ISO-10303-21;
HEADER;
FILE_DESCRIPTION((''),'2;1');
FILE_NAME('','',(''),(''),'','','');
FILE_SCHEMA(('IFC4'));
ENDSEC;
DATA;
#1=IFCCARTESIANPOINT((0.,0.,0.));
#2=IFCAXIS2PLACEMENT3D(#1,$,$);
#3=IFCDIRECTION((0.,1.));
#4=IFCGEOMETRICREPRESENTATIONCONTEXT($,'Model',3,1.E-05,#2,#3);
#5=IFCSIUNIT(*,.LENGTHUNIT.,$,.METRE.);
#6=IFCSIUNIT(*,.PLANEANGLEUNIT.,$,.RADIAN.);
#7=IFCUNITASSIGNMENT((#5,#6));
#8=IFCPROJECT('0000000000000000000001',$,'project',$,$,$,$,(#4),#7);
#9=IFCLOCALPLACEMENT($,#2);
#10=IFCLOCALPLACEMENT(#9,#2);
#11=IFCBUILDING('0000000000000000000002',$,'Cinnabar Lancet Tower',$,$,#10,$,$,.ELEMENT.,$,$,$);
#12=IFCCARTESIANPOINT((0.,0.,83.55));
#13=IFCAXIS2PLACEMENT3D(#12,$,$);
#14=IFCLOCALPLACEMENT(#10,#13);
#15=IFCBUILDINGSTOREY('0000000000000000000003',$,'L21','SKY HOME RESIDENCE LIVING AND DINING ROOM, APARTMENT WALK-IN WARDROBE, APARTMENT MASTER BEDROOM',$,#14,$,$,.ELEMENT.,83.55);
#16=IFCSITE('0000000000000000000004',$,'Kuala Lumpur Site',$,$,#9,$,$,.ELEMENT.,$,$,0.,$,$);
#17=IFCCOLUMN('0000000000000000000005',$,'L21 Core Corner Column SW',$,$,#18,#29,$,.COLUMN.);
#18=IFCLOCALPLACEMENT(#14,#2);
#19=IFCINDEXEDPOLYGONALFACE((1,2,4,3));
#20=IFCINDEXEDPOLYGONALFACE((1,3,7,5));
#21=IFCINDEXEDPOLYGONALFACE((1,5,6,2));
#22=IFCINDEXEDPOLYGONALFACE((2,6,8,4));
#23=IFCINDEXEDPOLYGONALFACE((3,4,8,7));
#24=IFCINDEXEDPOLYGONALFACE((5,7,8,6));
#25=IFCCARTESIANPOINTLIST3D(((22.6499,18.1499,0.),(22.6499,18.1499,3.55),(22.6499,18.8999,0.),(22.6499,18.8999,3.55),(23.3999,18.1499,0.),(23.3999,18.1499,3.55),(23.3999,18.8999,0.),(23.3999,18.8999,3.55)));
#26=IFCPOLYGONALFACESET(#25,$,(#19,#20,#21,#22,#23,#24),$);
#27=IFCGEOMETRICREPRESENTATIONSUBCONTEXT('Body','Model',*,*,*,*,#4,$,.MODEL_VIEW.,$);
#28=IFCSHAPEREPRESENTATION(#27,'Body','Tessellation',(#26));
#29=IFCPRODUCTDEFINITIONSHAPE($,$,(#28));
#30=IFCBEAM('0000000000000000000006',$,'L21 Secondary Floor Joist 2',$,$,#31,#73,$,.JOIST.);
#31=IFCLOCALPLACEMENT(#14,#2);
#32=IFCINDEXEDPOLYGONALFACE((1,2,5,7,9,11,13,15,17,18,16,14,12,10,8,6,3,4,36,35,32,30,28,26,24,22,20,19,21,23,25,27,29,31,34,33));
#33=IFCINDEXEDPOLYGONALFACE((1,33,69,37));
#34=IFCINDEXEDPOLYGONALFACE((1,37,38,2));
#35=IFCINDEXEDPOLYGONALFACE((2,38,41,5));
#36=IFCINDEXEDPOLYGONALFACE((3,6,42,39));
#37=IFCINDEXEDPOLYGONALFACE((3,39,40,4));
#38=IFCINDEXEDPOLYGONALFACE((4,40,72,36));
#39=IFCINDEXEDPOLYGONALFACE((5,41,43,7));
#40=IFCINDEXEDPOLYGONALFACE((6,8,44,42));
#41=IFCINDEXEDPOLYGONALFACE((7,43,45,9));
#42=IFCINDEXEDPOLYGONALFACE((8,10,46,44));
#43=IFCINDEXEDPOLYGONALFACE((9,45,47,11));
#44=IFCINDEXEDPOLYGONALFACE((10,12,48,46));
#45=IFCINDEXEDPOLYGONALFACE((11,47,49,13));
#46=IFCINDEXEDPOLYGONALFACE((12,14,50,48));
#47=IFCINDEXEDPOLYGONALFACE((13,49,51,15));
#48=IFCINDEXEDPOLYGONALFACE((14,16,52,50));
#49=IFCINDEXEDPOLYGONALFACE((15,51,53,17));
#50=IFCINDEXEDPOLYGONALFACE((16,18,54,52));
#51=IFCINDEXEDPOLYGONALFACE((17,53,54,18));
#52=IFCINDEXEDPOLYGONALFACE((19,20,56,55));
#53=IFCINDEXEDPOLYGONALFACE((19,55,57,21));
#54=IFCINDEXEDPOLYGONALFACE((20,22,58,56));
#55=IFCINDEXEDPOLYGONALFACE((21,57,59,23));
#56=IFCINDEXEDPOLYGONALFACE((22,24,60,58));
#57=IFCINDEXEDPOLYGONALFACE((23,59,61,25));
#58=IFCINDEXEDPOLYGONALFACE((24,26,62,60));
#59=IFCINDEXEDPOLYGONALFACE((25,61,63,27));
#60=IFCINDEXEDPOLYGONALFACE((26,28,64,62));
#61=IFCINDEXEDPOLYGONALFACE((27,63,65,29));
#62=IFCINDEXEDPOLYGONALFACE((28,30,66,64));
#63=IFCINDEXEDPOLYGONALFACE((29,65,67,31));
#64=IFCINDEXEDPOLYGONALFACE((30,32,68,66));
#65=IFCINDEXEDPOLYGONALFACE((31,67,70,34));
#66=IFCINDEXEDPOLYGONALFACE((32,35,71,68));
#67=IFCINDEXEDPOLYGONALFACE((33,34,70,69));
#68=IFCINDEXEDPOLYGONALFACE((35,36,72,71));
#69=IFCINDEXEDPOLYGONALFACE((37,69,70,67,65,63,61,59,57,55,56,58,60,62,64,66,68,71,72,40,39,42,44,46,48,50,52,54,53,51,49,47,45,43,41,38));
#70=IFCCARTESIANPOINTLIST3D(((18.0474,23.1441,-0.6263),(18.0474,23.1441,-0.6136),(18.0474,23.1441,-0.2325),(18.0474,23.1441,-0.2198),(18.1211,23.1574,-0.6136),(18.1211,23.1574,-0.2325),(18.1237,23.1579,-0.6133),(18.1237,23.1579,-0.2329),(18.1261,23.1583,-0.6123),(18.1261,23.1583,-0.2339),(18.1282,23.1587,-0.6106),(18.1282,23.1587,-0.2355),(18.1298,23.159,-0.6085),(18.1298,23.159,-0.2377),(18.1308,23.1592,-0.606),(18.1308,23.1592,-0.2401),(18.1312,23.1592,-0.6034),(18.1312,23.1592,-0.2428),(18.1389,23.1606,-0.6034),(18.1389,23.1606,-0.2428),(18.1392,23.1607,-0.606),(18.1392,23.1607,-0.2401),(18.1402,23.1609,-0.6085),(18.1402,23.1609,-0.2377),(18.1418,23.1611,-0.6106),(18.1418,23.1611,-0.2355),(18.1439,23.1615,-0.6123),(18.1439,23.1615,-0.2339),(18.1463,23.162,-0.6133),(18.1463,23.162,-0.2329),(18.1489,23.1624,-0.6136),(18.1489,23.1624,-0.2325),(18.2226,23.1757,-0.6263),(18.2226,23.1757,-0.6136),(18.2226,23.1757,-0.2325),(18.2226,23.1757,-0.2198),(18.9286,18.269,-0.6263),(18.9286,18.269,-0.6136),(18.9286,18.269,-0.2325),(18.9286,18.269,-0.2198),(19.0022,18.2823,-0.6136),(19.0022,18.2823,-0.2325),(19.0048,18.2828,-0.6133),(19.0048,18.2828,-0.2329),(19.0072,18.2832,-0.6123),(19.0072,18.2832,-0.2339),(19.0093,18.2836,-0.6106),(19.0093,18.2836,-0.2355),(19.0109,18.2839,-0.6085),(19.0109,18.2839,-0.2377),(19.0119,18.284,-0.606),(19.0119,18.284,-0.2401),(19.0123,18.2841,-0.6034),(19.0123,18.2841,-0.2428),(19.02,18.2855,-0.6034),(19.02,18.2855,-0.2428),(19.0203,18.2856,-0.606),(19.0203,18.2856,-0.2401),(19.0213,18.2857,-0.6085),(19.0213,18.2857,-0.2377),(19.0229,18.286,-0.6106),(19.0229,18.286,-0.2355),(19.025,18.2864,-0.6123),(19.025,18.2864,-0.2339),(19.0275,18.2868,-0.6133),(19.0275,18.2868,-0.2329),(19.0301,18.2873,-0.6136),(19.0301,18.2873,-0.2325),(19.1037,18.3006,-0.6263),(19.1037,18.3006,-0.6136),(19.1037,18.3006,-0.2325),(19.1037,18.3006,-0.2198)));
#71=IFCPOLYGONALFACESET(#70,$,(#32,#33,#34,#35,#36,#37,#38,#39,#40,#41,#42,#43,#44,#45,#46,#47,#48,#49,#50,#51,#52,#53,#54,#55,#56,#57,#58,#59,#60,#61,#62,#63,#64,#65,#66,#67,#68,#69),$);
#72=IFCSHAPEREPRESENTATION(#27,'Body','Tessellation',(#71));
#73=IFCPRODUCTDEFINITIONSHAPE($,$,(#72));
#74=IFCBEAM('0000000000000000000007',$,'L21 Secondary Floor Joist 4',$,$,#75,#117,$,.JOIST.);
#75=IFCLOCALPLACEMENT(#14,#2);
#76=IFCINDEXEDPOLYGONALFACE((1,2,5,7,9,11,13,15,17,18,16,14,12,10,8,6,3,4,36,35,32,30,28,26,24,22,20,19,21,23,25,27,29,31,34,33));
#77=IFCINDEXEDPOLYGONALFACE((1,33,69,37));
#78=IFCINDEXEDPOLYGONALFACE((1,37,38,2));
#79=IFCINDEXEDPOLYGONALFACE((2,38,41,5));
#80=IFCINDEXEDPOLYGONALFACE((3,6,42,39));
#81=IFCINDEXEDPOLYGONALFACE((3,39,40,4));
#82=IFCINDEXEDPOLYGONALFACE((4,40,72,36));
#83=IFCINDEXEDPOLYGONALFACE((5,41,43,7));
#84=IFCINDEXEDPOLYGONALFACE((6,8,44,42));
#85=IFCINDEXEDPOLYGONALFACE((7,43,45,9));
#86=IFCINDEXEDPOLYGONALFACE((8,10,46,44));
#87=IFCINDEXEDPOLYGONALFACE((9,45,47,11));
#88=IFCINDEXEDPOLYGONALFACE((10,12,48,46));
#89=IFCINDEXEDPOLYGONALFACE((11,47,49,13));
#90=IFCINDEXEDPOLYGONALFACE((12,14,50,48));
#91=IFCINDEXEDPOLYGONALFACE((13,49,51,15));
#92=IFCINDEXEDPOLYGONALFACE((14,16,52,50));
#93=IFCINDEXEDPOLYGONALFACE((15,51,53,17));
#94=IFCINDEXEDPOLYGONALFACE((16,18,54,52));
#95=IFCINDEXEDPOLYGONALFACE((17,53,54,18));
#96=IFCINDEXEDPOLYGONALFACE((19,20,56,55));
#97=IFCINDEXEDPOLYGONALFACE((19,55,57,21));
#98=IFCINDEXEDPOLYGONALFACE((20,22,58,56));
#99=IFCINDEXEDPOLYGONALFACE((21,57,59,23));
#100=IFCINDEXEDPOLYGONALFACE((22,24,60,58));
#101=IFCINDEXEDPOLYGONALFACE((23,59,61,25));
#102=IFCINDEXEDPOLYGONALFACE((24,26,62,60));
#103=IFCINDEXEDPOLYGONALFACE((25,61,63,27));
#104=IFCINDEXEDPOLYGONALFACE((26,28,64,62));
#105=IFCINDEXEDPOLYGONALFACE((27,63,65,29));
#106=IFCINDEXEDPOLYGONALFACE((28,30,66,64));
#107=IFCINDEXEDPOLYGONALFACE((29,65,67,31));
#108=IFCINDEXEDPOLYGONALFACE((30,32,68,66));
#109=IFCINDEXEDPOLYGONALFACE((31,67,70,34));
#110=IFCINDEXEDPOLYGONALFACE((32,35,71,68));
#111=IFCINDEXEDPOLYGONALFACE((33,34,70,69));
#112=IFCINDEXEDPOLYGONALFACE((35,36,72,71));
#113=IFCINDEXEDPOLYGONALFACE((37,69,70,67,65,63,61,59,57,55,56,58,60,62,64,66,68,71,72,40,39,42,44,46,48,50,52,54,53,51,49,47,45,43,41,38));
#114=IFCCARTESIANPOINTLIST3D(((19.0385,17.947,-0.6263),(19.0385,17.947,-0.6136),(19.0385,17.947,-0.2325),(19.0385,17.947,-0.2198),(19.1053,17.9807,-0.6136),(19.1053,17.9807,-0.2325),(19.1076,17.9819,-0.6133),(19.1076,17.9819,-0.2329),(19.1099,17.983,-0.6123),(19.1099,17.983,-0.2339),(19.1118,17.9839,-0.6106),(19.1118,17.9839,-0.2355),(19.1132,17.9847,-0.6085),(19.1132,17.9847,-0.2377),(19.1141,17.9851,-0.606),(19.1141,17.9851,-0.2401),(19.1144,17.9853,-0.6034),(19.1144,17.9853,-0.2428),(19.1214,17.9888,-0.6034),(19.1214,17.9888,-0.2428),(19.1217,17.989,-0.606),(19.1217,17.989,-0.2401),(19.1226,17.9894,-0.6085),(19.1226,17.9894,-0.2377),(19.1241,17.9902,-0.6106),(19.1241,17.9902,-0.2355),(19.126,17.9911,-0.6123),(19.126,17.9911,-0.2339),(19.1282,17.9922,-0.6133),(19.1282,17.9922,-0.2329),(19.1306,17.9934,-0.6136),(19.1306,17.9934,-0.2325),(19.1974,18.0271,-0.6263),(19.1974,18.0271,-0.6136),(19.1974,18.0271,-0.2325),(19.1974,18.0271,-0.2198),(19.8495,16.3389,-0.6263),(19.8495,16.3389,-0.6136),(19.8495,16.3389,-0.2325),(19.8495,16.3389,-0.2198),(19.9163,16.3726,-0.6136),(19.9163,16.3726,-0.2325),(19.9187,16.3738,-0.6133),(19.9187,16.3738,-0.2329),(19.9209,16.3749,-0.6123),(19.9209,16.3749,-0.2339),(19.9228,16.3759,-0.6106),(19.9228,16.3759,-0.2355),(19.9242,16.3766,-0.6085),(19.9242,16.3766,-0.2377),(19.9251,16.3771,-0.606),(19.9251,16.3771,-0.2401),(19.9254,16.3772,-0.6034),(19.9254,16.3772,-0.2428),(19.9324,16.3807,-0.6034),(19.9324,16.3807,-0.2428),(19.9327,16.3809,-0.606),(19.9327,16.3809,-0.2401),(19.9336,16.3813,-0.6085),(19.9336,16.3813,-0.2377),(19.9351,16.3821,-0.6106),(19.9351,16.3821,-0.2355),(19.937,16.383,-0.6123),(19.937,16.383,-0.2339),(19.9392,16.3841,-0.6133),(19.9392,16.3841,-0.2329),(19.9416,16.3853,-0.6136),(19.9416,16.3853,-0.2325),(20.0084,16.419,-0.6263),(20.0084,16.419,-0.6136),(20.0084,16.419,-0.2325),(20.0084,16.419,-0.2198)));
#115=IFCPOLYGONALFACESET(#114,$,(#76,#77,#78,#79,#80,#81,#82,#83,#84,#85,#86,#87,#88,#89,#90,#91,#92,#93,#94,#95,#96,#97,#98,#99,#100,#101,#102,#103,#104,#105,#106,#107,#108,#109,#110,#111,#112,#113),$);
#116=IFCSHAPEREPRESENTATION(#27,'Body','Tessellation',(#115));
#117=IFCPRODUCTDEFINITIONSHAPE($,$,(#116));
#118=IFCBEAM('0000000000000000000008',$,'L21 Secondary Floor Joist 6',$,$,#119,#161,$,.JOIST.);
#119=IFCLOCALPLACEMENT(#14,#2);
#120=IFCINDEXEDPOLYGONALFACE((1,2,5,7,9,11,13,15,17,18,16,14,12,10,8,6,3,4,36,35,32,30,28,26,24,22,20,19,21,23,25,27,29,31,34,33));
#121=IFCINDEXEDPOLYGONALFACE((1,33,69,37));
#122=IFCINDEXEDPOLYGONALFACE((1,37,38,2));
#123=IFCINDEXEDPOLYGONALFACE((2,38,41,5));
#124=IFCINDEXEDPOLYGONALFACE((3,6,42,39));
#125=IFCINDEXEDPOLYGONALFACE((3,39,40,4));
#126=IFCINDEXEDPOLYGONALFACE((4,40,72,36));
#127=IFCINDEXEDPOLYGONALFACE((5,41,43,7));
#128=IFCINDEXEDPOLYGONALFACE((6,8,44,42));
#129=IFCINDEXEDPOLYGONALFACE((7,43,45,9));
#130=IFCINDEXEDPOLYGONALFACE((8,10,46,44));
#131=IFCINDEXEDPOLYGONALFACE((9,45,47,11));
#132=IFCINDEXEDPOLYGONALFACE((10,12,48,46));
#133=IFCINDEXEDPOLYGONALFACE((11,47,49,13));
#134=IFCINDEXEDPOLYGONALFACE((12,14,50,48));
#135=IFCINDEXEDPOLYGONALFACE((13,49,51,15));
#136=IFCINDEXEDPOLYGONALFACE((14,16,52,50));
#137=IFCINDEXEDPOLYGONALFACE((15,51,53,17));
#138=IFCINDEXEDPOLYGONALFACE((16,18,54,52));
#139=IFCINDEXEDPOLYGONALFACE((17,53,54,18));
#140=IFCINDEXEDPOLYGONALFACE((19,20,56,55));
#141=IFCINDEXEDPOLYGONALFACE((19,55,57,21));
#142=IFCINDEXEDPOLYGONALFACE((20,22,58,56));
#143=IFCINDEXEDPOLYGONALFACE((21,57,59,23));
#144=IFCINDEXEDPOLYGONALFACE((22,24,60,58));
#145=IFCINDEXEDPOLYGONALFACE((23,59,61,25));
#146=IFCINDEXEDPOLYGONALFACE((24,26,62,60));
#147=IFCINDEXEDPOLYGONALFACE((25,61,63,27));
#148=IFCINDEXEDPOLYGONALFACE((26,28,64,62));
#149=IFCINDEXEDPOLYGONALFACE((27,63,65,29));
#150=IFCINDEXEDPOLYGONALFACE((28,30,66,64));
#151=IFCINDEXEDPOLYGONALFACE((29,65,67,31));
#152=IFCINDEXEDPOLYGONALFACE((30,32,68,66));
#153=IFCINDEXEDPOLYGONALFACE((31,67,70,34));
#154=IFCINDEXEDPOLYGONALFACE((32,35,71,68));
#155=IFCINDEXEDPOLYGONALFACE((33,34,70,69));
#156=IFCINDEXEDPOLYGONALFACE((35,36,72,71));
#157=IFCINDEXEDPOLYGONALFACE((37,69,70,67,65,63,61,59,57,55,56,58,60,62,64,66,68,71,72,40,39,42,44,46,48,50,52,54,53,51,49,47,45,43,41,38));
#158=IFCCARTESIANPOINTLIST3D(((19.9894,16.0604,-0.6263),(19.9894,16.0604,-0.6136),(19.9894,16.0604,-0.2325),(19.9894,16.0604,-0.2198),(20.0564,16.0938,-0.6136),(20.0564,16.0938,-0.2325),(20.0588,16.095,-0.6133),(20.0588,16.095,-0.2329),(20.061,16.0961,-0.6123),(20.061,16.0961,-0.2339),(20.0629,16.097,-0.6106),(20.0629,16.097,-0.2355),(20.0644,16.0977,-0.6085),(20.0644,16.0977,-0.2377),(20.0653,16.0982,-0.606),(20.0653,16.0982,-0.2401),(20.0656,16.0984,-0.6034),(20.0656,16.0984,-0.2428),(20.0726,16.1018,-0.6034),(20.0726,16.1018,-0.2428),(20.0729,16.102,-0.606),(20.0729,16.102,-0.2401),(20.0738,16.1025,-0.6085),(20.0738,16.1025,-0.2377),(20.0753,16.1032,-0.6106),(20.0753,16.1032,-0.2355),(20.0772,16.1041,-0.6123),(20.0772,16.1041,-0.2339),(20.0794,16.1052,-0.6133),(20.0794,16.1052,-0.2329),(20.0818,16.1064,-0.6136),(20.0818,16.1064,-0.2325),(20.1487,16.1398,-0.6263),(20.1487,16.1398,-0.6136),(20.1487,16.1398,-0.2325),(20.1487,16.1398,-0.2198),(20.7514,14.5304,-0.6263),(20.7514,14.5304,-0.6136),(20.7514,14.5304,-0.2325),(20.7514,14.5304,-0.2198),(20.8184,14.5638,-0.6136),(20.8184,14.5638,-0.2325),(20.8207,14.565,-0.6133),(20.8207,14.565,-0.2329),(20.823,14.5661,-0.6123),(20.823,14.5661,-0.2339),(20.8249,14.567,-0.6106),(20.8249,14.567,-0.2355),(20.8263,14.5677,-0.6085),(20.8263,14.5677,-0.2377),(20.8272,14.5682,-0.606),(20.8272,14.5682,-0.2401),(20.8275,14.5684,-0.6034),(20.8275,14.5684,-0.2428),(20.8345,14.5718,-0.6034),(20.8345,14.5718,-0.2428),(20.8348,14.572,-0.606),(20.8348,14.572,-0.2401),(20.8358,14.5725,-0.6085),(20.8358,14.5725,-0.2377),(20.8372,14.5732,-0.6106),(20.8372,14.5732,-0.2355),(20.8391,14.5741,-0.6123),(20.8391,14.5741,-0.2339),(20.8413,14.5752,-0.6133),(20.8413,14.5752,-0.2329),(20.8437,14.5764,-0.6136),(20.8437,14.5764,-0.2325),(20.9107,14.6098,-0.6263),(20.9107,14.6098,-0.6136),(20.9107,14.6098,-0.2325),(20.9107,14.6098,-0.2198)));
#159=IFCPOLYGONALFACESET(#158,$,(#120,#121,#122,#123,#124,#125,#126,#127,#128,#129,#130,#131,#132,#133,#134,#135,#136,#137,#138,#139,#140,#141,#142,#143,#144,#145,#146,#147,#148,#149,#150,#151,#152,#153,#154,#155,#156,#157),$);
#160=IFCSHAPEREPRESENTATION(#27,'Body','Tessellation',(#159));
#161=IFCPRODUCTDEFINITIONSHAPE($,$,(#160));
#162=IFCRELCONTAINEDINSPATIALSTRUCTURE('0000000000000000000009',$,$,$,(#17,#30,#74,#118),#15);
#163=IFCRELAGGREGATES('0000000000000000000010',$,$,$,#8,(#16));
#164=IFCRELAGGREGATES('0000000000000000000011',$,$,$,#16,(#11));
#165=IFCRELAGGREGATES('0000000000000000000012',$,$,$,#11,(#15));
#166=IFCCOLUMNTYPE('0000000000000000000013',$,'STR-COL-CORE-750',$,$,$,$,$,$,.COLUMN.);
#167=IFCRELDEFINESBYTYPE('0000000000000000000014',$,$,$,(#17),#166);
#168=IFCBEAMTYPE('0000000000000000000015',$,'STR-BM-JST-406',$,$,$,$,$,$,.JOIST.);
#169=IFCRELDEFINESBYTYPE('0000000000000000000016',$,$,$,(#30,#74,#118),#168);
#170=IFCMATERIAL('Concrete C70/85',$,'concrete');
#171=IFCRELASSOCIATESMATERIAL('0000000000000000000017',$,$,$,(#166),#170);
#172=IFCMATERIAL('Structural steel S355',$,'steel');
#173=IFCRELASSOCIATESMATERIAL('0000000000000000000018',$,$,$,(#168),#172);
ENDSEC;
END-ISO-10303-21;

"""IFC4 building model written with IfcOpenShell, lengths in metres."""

from ifc_helpers import new_model, si_unit, direction, frame, origin, origin_2d, place, context, subcontext, project, spatial, rectangle, i_section, extrude, material, material_profile, profile_set, type_object, element, save


model = new_model("IFC4")

# Units and contexts
model_context = context("Model", 3, precision=1e-05, world=origin(), true_north=direction((0.0, 1.0)))
body_context = subcontext(model_context, "Body", "Model", "MODEL_VIEW")
ifc_project = project(units=[si_unit("LENGTHUNIT", "METRE"), si_unit("PLANEANGLEUNIT", "RADIAN")], contexts=[model_context])

# Site, building, storey
site_placement = place(None, origin())
site = spatial("IfcSite", under=ifc_project, at=site_placement, Name="Kuala Lumpur Site", CompositionType="ELEMENT", RefElevation=0.0)
building_placement = place(site_placement, origin())
building = spatial("IfcBuilding", under=site, at=building_placement, Name="Cinnabar Lancet Tower", CompositionType="ELEMENT")
storey_placement = place(building_placement, frame((0.0, 0.0, 83.55)))
storey = spatial("IfcBuildingStorey", under=building, at=storey_placement, Name="L21", Description="SKY HOME RESIDENCE LIVING AND DINING ROOM, APARTMENT WALK-IN WARDROBE, APARTMENT MASTER BEDROOM", CompositionType="ELEMENT", Elevation=83.55)

# Column
ifc_material_1 = material(Name="Concrete C70/85", Category="concrete")
ifc_material_profile_1 = material_profile(ifc_material_1, rectangle(XDim=0.75, YDim=0.75, at=origin_2d()), Name="RC-COL 750x750")
ifc_profile_set_1 = profile_set([ifc_material_profile_1], Name="Concrete C70/85")
column_type = type_object("IfcColumnType", Name="STR-COL-CORE-750", PredefinedType="COLUMN", material=ifc_profile_set_1)
column_placement = place(storey_placement, frame((23.0249, 18.5249, 0.0), z_axis=(0.0, 0.0, 1.0), x_axis=(1.0, 0.0, 0.0)))
element("IfcColumn", 1, at=column_placement, inside=storey, type_object=column_type, Name="L21 Core Corner Column SW", PredefinedType="COLUMN", context=body_context, shape_type="SweptSolid", body=[
    extrude(rectangle(XDim=0.75, YDim=0.75, at=origin_2d()), origin(), (0.0, 0.0, 1.0), 3.55),
])

# Beams
ifc_material_2 = material(Name="Structural steel S355", Category="steel")
ifc_material_profile_2 = material_profile(ifc_material_2, i_section(OverallWidth=0.178, OverallDepth=0.4065, WebThickness=0.0078, FlangeThickness=0.0127, FilletRadius=0.0103, at=origin_2d()), Name="UKB 406x178x60")
ifc_profile_set_2 = profile_set([ifc_material_profile_2], Name="Structural steel S355")
beam_type_1 = type_object("IfcBeamType", Name="STR-BM-JST-406", PredefinedType="JOIST", material=ifc_profile_set_2)
beam_1_placement = place(storey_placement, frame((18.135, 23.1599, -0.4231), z_axis=(0.177858, -0.984056, 0.0), x_axis=(0.984056, 0.177858, 0.0)))
element("IfcBeam", 2, at=beam_1_placement, inside=storey, type_object=beam_type_1, Name="L21 Secondary Floor Joist 2", PredefinedType="JOIST", context=body_context, shape_type="SweptSolid", body=[
    extrude(i_section(OverallWidth=0.178, OverallDepth=0.4065, WebThickness=0.0078, FlangeThickness=0.0127, FilletRadius=0.0103, at=origin_2d()), origin(), (0.0, 0.0, 1.0), 4.9541),
])
beam_2_placement = place(storey_placement, frame((19.1179, 17.9871, -0.4231), z_axis=(0.450301, -0.892877, 0.0), x_axis=(0.892877, 0.450301, 0.0)))
element("IfcBeam", 3, at=beam_2_placement, inside=storey, type_object=beam_type_1, Name="L21 Secondary Floor Joist 4", PredefinedType="JOIST", context=body_context, shape_type="SweptSolid", body=[
    extrude(i_section(OverallWidth=0.178, OverallDepth=0.4065, WebThickness=0.0078, FlangeThickness=0.0127, FilletRadius=0.0103, at=origin_2d()), origin(), (0.0, 0.0, 1.0), 1.801),
])
beam_3_placement = place(storey_placement, frame((20.0691, 16.1001, -0.4231), z_axis=(0.445785, -0.89514, 0.0), x_axis=(0.89514, 0.445785, 0.0)))
element("IfcBeam", 4, at=beam_3_placement, inside=storey, type_object=beam_type_1, Name="L21 Secondary Floor Joist 6", PredefinedType="JOIST", context=body_context, shape_type="SweptSolid", body=[
    extrude(i_section(OverallWidth=0.178, OverallDepth=0.4065, WebThickness=0.0078, FlangeThickness=0.0127, FilletRadius=0.0103, at=origin_2d()), origin(), (0.0, 0.0, 1.0), 1.7092),
])

save(model, "model.ifc")
